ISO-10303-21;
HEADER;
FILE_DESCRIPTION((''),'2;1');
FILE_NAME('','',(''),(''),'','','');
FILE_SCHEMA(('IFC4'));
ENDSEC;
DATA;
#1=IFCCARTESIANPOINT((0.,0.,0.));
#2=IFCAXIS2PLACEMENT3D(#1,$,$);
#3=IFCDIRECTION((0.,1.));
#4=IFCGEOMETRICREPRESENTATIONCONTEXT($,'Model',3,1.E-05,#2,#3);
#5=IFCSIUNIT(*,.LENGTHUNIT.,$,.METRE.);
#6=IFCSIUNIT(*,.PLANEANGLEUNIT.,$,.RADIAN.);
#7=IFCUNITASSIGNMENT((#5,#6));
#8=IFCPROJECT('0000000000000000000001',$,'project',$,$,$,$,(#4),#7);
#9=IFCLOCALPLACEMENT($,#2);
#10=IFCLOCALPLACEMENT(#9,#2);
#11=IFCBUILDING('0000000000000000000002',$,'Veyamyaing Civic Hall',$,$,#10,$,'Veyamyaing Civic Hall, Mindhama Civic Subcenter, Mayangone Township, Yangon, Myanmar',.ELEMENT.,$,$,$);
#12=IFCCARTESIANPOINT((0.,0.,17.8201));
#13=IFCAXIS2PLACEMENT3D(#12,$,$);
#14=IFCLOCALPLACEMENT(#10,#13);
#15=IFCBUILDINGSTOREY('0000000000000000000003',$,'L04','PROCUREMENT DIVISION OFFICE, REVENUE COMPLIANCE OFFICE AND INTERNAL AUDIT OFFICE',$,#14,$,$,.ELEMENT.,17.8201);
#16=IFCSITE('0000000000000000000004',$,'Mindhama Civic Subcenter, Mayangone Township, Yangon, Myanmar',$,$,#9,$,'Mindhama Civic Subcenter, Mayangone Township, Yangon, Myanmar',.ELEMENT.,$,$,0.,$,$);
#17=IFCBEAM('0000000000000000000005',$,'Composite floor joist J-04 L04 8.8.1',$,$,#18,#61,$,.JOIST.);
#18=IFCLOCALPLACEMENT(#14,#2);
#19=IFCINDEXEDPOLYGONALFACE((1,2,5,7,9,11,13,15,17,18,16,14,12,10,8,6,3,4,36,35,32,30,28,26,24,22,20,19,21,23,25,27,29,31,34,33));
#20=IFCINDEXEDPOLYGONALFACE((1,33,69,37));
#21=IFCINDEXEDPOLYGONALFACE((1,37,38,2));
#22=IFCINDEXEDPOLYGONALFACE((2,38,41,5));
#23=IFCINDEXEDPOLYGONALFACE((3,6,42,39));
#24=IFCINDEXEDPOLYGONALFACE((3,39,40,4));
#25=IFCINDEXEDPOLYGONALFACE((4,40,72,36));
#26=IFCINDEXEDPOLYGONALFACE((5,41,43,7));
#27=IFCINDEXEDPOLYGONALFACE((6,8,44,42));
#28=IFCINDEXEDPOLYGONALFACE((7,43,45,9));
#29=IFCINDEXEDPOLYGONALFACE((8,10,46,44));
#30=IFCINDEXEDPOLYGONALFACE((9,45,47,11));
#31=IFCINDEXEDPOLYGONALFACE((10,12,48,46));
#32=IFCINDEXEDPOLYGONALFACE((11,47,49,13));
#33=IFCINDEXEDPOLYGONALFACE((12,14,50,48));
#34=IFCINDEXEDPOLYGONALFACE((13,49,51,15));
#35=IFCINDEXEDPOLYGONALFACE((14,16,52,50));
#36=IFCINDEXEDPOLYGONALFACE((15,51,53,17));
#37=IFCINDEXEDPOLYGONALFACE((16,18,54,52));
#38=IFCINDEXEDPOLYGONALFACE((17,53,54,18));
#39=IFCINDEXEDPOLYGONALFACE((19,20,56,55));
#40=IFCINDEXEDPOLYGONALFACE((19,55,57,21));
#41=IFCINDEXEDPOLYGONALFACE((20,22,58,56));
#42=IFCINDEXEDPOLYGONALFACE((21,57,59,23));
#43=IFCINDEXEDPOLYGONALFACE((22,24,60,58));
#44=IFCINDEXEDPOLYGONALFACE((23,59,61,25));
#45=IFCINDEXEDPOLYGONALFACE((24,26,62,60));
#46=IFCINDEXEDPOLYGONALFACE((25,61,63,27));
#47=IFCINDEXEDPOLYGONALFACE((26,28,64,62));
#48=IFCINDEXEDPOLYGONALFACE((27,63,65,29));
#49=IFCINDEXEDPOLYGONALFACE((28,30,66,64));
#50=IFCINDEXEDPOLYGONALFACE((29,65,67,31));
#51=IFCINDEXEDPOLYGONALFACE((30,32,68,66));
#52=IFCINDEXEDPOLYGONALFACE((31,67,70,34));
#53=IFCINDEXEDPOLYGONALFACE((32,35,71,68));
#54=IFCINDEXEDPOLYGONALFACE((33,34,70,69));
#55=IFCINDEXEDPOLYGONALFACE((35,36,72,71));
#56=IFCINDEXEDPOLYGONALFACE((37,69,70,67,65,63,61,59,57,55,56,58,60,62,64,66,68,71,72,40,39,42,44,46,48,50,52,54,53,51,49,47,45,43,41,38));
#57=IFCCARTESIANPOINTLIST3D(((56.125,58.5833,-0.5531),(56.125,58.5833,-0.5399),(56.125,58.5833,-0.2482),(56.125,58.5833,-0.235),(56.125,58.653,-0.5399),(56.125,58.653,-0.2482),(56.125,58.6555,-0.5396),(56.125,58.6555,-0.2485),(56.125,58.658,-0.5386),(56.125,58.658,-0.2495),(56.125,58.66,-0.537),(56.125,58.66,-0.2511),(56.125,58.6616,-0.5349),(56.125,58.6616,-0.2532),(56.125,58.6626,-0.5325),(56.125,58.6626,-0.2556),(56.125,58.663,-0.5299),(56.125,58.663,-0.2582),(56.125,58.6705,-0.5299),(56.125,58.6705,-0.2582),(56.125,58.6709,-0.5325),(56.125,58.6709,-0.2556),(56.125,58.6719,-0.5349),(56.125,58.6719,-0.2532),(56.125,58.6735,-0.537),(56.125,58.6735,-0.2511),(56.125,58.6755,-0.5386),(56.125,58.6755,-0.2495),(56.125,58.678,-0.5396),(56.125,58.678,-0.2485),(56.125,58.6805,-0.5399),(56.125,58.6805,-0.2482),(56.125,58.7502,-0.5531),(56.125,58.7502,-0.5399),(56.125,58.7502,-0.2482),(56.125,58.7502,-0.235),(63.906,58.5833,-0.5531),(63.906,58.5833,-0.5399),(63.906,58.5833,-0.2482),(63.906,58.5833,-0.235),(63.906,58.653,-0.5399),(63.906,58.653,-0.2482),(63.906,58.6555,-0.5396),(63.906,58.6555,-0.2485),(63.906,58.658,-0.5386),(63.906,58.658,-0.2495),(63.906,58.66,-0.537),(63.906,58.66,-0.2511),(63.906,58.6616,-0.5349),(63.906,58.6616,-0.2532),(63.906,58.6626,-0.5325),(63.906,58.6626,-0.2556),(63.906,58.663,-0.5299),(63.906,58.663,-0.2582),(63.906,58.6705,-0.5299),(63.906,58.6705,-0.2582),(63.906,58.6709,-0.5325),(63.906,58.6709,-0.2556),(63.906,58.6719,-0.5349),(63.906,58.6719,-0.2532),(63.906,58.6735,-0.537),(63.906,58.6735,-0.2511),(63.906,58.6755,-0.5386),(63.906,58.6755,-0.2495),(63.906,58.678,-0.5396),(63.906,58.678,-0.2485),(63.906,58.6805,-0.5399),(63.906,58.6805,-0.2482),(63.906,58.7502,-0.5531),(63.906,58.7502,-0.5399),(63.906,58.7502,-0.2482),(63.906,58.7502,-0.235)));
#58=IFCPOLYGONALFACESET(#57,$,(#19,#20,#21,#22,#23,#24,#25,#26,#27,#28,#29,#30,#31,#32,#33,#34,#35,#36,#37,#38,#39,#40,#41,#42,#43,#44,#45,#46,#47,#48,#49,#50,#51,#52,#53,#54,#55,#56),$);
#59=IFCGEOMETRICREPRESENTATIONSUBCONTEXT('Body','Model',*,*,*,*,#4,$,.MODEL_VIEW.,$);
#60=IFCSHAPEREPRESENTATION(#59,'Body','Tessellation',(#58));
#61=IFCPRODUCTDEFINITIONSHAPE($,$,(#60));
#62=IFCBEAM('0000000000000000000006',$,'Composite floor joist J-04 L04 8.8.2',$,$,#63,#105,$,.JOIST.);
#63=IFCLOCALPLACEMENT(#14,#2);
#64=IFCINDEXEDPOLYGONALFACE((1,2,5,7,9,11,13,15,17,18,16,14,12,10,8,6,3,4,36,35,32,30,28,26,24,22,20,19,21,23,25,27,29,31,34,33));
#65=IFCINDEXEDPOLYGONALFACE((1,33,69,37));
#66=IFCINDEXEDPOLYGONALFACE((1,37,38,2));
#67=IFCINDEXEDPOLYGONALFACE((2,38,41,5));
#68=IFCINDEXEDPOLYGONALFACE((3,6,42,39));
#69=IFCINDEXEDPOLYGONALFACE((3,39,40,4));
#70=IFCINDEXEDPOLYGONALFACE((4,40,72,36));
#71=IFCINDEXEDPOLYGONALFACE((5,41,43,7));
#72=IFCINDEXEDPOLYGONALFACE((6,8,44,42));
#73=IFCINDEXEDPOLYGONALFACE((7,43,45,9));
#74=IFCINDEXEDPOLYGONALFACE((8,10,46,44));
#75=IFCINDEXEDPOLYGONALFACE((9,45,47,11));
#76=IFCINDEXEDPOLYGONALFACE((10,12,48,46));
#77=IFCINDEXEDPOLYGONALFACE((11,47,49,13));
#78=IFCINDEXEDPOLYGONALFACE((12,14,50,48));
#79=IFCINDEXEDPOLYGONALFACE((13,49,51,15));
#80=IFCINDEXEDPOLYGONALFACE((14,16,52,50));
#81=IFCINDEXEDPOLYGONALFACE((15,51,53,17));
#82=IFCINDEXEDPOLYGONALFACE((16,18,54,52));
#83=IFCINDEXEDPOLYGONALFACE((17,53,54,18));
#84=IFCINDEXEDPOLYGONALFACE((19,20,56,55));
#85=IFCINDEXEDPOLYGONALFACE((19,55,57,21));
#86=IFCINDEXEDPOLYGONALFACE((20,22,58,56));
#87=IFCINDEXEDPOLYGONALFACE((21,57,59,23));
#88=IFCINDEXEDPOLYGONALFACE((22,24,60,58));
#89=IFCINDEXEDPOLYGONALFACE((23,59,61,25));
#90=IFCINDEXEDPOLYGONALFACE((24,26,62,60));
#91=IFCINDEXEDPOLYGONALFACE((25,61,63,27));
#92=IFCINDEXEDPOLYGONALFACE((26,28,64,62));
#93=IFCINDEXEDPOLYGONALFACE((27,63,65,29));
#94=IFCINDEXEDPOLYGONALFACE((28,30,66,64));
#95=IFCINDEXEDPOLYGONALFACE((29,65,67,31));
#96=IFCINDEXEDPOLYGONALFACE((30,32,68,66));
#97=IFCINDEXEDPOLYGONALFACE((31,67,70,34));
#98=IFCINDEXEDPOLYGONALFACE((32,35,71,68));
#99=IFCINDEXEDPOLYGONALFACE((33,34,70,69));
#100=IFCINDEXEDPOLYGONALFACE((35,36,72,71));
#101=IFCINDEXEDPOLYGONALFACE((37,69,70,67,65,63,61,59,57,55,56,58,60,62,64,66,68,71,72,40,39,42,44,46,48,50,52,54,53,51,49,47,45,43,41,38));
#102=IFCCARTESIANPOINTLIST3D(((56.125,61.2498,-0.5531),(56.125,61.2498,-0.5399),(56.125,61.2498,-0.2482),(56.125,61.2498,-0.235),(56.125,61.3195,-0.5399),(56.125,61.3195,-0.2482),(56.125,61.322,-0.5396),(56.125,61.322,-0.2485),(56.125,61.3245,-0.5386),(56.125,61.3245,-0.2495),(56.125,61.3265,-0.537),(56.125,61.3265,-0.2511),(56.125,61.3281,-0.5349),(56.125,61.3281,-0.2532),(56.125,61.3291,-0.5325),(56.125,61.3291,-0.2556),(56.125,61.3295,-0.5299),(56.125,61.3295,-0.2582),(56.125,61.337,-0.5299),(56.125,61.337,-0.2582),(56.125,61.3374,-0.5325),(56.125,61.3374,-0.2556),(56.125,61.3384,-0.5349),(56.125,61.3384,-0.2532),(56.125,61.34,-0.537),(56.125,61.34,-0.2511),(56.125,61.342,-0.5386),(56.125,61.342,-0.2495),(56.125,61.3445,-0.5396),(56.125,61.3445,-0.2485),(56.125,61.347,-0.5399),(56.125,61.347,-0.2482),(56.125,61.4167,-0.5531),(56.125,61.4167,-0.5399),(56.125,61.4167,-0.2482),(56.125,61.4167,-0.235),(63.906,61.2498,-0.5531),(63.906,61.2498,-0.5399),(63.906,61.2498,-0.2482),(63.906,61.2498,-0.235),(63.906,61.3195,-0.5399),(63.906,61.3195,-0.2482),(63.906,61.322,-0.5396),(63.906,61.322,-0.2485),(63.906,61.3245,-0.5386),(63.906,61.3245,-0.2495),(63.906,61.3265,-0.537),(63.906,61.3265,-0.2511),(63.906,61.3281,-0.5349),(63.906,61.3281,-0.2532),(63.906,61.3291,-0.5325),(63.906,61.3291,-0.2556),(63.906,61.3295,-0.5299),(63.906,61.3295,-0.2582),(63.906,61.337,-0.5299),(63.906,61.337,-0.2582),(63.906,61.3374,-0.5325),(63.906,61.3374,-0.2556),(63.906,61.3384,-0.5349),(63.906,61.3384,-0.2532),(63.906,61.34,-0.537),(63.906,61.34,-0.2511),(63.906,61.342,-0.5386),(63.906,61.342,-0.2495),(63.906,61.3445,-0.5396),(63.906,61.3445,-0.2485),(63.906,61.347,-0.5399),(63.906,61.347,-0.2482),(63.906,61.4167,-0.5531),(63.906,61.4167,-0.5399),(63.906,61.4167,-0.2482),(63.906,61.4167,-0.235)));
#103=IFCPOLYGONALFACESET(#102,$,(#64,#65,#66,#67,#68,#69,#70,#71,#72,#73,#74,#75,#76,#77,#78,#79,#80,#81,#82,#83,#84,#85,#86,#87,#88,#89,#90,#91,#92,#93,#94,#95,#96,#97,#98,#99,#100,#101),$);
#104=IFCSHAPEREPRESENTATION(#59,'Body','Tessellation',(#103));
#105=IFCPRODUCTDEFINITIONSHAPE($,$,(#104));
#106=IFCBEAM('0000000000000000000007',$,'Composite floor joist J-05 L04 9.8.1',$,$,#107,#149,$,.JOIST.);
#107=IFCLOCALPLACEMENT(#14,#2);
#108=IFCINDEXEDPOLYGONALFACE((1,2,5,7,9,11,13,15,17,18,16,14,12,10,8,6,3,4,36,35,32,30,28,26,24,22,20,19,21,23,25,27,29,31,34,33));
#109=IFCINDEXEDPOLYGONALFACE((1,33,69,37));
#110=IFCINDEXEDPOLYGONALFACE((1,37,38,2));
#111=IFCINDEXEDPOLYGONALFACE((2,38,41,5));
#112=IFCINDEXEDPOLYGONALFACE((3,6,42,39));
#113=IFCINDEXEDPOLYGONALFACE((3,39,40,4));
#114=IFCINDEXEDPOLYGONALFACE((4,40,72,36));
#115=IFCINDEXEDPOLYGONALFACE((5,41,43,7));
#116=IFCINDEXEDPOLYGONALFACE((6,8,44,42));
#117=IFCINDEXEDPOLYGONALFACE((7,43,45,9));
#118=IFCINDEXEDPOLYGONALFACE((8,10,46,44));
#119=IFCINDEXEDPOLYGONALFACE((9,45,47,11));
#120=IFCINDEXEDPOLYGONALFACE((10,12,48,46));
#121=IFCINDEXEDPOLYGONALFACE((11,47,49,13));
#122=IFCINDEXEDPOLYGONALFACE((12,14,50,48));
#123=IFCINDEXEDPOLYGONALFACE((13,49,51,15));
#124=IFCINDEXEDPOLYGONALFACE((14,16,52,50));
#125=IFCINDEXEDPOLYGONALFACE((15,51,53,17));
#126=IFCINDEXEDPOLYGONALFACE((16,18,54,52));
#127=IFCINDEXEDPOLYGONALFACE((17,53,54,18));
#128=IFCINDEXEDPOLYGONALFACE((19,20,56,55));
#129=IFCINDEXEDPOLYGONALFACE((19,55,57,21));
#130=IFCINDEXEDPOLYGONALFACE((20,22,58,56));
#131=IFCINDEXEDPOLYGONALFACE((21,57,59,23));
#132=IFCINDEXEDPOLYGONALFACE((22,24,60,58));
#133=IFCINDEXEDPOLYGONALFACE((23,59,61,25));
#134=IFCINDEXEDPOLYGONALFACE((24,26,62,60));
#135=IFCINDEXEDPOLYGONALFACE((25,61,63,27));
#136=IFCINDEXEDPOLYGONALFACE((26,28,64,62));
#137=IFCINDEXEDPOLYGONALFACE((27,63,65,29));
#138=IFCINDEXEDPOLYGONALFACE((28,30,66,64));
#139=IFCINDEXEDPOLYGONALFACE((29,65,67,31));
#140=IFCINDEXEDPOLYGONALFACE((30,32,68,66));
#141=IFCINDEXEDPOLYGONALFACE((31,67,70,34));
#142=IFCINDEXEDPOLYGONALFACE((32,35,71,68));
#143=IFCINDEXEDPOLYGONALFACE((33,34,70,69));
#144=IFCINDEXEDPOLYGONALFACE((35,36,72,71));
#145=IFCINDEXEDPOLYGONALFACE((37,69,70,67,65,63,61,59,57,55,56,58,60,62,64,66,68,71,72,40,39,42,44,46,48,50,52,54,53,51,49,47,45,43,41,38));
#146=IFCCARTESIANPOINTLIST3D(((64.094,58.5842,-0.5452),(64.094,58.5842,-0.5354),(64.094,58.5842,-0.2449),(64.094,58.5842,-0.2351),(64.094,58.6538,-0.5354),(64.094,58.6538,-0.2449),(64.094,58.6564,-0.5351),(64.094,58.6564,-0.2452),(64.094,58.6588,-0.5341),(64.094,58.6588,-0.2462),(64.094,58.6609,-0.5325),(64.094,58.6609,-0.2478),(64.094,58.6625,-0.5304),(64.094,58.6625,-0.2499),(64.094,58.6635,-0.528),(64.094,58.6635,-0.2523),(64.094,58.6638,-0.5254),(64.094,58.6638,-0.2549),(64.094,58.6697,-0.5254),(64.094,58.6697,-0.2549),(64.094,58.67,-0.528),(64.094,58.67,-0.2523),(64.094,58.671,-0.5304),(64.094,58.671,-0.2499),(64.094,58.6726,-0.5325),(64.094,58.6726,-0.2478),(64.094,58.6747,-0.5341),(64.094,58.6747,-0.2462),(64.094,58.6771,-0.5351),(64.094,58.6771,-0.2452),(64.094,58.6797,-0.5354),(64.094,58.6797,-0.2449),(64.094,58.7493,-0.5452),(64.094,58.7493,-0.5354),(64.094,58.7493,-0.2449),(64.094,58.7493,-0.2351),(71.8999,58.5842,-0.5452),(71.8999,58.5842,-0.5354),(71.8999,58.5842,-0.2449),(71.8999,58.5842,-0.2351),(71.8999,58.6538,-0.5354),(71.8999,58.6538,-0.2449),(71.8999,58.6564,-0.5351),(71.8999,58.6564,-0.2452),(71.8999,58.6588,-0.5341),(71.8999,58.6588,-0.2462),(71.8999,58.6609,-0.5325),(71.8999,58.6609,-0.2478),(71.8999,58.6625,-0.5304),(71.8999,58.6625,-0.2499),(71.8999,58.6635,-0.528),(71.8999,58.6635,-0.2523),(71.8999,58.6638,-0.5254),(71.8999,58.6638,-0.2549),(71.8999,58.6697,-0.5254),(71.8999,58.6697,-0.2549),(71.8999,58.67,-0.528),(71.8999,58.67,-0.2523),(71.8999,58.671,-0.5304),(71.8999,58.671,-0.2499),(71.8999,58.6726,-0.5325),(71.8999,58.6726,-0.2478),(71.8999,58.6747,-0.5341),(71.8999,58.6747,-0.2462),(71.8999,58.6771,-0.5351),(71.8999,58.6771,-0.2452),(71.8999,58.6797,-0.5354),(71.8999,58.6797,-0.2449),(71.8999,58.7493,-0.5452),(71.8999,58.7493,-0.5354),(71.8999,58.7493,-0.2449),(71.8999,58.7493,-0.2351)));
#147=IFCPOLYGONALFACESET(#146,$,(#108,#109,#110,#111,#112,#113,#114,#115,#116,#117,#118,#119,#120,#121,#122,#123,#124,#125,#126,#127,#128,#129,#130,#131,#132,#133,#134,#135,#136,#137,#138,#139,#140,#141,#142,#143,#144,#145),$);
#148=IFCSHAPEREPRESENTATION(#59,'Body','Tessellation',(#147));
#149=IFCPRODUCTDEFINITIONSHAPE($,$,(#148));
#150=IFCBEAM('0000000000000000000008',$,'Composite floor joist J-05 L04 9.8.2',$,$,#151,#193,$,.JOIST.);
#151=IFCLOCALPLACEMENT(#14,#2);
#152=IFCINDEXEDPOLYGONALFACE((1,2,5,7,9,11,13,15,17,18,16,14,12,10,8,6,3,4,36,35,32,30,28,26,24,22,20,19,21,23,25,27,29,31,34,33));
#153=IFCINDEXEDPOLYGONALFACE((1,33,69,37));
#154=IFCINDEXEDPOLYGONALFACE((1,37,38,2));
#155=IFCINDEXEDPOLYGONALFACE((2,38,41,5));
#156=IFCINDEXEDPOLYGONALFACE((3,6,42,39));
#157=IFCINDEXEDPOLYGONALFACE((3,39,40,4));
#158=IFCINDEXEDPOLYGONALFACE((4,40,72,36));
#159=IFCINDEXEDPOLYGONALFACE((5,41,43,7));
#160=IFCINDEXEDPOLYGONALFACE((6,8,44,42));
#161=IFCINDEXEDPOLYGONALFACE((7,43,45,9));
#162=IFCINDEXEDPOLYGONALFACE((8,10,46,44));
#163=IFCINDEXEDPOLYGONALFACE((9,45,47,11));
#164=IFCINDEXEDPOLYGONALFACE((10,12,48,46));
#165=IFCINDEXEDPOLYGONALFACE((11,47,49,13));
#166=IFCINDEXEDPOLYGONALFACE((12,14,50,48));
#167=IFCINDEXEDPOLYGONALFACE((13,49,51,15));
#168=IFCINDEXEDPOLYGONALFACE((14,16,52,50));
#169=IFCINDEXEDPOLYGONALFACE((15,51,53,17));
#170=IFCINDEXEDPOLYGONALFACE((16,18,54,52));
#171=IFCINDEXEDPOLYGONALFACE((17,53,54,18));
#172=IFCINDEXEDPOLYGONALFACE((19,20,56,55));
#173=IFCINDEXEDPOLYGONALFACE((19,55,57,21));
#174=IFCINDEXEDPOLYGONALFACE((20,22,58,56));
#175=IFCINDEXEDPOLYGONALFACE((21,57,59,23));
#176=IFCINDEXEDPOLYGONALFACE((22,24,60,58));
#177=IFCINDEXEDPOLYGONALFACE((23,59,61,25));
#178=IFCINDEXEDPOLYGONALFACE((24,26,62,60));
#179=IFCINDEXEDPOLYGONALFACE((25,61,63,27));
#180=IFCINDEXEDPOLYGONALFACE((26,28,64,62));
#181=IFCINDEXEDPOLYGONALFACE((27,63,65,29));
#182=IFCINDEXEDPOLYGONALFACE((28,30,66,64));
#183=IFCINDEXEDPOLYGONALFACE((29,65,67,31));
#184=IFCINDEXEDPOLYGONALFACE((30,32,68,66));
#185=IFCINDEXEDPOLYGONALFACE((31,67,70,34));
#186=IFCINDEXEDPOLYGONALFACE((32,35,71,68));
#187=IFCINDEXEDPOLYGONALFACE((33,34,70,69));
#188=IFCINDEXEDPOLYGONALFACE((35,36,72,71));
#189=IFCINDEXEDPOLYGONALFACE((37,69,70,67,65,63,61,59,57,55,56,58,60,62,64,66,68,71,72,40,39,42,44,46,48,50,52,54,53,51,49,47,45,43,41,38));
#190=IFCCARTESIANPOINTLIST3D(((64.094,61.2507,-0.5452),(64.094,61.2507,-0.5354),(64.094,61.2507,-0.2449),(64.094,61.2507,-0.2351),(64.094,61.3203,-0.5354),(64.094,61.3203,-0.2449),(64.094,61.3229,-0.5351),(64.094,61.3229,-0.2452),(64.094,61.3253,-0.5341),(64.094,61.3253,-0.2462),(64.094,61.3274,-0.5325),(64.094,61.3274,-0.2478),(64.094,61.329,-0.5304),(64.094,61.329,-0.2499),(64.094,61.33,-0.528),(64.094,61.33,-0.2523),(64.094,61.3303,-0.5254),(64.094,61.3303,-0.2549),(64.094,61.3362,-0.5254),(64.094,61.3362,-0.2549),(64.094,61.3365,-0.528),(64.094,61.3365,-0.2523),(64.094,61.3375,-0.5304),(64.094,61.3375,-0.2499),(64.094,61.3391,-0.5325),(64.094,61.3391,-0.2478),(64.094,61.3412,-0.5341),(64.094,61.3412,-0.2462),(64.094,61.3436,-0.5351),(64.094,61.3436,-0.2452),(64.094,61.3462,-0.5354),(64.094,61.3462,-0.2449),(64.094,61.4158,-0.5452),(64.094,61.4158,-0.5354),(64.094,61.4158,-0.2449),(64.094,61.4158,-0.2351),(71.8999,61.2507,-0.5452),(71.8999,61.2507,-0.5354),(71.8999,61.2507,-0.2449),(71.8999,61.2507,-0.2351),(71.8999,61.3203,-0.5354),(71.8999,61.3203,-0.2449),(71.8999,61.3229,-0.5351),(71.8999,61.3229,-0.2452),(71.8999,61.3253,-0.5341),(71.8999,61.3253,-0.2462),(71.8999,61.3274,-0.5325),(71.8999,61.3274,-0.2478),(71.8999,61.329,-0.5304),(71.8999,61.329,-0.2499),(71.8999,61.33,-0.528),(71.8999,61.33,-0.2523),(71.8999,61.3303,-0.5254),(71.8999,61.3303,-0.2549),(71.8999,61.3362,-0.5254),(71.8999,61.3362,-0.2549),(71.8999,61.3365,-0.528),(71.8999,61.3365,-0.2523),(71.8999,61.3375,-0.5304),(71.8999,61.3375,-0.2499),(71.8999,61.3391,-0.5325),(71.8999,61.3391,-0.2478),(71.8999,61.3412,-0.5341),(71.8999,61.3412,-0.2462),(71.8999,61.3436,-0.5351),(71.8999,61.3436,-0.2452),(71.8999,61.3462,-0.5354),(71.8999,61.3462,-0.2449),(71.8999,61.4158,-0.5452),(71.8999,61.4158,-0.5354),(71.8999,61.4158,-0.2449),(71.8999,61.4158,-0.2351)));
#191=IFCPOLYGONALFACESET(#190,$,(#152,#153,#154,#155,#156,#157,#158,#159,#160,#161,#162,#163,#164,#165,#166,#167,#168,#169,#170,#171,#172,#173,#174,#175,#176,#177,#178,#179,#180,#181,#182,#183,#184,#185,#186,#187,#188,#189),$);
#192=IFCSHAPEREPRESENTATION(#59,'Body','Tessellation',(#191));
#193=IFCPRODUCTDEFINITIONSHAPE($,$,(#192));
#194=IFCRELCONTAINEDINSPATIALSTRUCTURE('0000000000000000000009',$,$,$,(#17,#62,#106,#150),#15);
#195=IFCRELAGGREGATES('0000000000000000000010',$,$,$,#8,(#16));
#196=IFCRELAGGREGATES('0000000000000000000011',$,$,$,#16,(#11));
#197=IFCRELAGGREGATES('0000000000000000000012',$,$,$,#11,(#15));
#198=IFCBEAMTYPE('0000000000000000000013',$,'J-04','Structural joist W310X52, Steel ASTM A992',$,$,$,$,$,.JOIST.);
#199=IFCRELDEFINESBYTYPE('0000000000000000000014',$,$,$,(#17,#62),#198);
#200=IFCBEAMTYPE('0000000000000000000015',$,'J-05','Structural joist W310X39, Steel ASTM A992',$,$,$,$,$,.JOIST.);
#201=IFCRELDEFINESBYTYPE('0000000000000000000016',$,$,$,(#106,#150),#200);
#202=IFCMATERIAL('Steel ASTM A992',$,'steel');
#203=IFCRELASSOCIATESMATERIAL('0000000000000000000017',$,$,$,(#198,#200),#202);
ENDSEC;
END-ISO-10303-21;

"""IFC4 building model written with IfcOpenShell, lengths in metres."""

from ifc_helpers import new_model, si_unit, direction, frame, origin, origin_2d, place, context, subcontext, project, spatial, i_section, extrude, material, material_profile, profile_set, type_object, element, save


model = new_model("IFC4")

# Units and contexts
model_context = context("Model", 3, precision=1e-05, world=origin(), true_north=direction((0.0, 1.0)))
body_context = subcontext(model_context, "Body", "Model", "MODEL_VIEW")
ifc_project = project(units=[si_unit("LENGTHUNIT", "METRE"), si_unit("PLANEANGLEUNIT", "RADIAN")], contexts=[model_context])

# Site, building, storey
site_placement = place(None, origin())
site = spatial("IfcSite", under=ifc_project, at=site_placement, Name="Mindhama Civic Subcenter, Mayangone Township, Yangon, Myanmar", LongName="Mindhama Civic Subcenter, Mayangone Township, Yangon, Myanmar", CompositionType="ELEMENT", RefElevation=0.0)
building_placement = place(site_placement, origin())
building = spatial("IfcBuilding", under=site, at=building_placement, Name="Veyamyaing Civic Hall", LongName="Veyamyaing Civic Hall, Mindhama Civic Subcenter, Mayangone Township, Yangon, Myanmar", CompositionType="ELEMENT")
storey_placement = place(building_placement, frame((0.0, 0.0, 17.8201)))
storey = spatial("IfcBuildingStorey", under=building, at=storey_placement, Name="L04", Description="PROCUREMENT DIVISION OFFICE, REVENUE COMPLIANCE OFFICE AND INTERNAL AUDIT OFFICE", CompositionType="ELEMENT", Elevation=17.8201)

# Beams
ifc_material_1 = material(Name="Steel ASTM A992", Category="steel")
ifc_material_profile_1 = material_profile(ifc_material_1, i_section(OverallWidth=0.167, OverallDepth=0.3181, WebThickness=0.0076, FlangeThickness=0.0132, FilletRadius=0.01, at=origin_2d()), Name="W310X52")
ifc_profile_set_1 = profile_set([ifc_material_profile_1], Name="Steel ASTM A992")
beam_type_1 = type_object("IfcBeamType", Name="J-04", Description="Structural joist W310X52, Steel ASTM A992", PredefinedType="JOIST", material=ifc_profile_set_1)
for number, where, z_axis, x_axis, name in (
    (1, (56.125, 58.6667, -0.394), (1.0, 0.0, 0.0), (0.0, 1.0, 0.0), "Composite floor joist J-04 L04 8.8.1"),
    (2, (56.125, 61.3333, -0.394), (1.0, 0.0, 0.0), (0.0, 1.0, 0.0), "Composite floor joist J-04 L04 8.8.2"),
):
    element("IfcBeam", number, at=place(storey_placement, frame(where, z_axis=z_axis, x_axis=x_axis)), inside=storey, type_object=beam_type_1, Name=name, PredefinedType="JOIST", context=body_context, shape_type="SweptSolid", body=[
        extrude(i_section(OverallWidth=0.167, OverallDepth=0.3181, WebThickness=0.0076, FlangeThickness=0.0132, FilletRadius=0.01, at=origin_2d()), origin(), (0.0, 0.0, 1.0), 7.781),
    ])
ifc_material_profile_2 = material_profile(ifc_material_1, i_section(OverallWidth=0.165, OverallDepth=0.3101, WebThickness=0.0059, FlangeThickness=0.0098, FilletRadius=0.01, at=origin_2d()), Name="W310X39")
ifc_profile_set_2 = profile_set([ifc_material_profile_2], Name="Steel ASTM A992")
beam_type_2 = type_object("IfcBeamType", Name="J-05", Description="Structural joist W310X39, Steel ASTM A992", PredefinedType="JOIST", material=ifc_profile_set_2)
for number, where, z_axis, x_axis, name in (
    (3, (64.094, 58.6667, -0.3901), (1.0, 0.0, 0.0), (0.0, 1.0, 0.0), "Composite floor joist J-05 L04 9.8.1"),
    (4, (64.094, 61.3333, -0.3901), (1.0, 0.0, 0.0), (0.0, 1.0, 0.0), "Composite floor joist J-05 L04 9.8.2"),
):
    element("IfcBeam", number, at=place(storey_placement, frame(where, z_axis=z_axis, x_axis=x_axis)), inside=storey, type_object=beam_type_2, Name=name, PredefinedType="JOIST", context=body_context, shape_type="SweptSolid", body=[
        extrude(i_section(OverallWidth=0.165, OverallDepth=0.3101, WebThickness=0.0059, FlangeThickness=0.0098, FilletRadius=0.01, at=origin_2d()), origin(), (0.0, 0.0, 1.0), 7.8059),
    ])

save(model, "model.ifc")
